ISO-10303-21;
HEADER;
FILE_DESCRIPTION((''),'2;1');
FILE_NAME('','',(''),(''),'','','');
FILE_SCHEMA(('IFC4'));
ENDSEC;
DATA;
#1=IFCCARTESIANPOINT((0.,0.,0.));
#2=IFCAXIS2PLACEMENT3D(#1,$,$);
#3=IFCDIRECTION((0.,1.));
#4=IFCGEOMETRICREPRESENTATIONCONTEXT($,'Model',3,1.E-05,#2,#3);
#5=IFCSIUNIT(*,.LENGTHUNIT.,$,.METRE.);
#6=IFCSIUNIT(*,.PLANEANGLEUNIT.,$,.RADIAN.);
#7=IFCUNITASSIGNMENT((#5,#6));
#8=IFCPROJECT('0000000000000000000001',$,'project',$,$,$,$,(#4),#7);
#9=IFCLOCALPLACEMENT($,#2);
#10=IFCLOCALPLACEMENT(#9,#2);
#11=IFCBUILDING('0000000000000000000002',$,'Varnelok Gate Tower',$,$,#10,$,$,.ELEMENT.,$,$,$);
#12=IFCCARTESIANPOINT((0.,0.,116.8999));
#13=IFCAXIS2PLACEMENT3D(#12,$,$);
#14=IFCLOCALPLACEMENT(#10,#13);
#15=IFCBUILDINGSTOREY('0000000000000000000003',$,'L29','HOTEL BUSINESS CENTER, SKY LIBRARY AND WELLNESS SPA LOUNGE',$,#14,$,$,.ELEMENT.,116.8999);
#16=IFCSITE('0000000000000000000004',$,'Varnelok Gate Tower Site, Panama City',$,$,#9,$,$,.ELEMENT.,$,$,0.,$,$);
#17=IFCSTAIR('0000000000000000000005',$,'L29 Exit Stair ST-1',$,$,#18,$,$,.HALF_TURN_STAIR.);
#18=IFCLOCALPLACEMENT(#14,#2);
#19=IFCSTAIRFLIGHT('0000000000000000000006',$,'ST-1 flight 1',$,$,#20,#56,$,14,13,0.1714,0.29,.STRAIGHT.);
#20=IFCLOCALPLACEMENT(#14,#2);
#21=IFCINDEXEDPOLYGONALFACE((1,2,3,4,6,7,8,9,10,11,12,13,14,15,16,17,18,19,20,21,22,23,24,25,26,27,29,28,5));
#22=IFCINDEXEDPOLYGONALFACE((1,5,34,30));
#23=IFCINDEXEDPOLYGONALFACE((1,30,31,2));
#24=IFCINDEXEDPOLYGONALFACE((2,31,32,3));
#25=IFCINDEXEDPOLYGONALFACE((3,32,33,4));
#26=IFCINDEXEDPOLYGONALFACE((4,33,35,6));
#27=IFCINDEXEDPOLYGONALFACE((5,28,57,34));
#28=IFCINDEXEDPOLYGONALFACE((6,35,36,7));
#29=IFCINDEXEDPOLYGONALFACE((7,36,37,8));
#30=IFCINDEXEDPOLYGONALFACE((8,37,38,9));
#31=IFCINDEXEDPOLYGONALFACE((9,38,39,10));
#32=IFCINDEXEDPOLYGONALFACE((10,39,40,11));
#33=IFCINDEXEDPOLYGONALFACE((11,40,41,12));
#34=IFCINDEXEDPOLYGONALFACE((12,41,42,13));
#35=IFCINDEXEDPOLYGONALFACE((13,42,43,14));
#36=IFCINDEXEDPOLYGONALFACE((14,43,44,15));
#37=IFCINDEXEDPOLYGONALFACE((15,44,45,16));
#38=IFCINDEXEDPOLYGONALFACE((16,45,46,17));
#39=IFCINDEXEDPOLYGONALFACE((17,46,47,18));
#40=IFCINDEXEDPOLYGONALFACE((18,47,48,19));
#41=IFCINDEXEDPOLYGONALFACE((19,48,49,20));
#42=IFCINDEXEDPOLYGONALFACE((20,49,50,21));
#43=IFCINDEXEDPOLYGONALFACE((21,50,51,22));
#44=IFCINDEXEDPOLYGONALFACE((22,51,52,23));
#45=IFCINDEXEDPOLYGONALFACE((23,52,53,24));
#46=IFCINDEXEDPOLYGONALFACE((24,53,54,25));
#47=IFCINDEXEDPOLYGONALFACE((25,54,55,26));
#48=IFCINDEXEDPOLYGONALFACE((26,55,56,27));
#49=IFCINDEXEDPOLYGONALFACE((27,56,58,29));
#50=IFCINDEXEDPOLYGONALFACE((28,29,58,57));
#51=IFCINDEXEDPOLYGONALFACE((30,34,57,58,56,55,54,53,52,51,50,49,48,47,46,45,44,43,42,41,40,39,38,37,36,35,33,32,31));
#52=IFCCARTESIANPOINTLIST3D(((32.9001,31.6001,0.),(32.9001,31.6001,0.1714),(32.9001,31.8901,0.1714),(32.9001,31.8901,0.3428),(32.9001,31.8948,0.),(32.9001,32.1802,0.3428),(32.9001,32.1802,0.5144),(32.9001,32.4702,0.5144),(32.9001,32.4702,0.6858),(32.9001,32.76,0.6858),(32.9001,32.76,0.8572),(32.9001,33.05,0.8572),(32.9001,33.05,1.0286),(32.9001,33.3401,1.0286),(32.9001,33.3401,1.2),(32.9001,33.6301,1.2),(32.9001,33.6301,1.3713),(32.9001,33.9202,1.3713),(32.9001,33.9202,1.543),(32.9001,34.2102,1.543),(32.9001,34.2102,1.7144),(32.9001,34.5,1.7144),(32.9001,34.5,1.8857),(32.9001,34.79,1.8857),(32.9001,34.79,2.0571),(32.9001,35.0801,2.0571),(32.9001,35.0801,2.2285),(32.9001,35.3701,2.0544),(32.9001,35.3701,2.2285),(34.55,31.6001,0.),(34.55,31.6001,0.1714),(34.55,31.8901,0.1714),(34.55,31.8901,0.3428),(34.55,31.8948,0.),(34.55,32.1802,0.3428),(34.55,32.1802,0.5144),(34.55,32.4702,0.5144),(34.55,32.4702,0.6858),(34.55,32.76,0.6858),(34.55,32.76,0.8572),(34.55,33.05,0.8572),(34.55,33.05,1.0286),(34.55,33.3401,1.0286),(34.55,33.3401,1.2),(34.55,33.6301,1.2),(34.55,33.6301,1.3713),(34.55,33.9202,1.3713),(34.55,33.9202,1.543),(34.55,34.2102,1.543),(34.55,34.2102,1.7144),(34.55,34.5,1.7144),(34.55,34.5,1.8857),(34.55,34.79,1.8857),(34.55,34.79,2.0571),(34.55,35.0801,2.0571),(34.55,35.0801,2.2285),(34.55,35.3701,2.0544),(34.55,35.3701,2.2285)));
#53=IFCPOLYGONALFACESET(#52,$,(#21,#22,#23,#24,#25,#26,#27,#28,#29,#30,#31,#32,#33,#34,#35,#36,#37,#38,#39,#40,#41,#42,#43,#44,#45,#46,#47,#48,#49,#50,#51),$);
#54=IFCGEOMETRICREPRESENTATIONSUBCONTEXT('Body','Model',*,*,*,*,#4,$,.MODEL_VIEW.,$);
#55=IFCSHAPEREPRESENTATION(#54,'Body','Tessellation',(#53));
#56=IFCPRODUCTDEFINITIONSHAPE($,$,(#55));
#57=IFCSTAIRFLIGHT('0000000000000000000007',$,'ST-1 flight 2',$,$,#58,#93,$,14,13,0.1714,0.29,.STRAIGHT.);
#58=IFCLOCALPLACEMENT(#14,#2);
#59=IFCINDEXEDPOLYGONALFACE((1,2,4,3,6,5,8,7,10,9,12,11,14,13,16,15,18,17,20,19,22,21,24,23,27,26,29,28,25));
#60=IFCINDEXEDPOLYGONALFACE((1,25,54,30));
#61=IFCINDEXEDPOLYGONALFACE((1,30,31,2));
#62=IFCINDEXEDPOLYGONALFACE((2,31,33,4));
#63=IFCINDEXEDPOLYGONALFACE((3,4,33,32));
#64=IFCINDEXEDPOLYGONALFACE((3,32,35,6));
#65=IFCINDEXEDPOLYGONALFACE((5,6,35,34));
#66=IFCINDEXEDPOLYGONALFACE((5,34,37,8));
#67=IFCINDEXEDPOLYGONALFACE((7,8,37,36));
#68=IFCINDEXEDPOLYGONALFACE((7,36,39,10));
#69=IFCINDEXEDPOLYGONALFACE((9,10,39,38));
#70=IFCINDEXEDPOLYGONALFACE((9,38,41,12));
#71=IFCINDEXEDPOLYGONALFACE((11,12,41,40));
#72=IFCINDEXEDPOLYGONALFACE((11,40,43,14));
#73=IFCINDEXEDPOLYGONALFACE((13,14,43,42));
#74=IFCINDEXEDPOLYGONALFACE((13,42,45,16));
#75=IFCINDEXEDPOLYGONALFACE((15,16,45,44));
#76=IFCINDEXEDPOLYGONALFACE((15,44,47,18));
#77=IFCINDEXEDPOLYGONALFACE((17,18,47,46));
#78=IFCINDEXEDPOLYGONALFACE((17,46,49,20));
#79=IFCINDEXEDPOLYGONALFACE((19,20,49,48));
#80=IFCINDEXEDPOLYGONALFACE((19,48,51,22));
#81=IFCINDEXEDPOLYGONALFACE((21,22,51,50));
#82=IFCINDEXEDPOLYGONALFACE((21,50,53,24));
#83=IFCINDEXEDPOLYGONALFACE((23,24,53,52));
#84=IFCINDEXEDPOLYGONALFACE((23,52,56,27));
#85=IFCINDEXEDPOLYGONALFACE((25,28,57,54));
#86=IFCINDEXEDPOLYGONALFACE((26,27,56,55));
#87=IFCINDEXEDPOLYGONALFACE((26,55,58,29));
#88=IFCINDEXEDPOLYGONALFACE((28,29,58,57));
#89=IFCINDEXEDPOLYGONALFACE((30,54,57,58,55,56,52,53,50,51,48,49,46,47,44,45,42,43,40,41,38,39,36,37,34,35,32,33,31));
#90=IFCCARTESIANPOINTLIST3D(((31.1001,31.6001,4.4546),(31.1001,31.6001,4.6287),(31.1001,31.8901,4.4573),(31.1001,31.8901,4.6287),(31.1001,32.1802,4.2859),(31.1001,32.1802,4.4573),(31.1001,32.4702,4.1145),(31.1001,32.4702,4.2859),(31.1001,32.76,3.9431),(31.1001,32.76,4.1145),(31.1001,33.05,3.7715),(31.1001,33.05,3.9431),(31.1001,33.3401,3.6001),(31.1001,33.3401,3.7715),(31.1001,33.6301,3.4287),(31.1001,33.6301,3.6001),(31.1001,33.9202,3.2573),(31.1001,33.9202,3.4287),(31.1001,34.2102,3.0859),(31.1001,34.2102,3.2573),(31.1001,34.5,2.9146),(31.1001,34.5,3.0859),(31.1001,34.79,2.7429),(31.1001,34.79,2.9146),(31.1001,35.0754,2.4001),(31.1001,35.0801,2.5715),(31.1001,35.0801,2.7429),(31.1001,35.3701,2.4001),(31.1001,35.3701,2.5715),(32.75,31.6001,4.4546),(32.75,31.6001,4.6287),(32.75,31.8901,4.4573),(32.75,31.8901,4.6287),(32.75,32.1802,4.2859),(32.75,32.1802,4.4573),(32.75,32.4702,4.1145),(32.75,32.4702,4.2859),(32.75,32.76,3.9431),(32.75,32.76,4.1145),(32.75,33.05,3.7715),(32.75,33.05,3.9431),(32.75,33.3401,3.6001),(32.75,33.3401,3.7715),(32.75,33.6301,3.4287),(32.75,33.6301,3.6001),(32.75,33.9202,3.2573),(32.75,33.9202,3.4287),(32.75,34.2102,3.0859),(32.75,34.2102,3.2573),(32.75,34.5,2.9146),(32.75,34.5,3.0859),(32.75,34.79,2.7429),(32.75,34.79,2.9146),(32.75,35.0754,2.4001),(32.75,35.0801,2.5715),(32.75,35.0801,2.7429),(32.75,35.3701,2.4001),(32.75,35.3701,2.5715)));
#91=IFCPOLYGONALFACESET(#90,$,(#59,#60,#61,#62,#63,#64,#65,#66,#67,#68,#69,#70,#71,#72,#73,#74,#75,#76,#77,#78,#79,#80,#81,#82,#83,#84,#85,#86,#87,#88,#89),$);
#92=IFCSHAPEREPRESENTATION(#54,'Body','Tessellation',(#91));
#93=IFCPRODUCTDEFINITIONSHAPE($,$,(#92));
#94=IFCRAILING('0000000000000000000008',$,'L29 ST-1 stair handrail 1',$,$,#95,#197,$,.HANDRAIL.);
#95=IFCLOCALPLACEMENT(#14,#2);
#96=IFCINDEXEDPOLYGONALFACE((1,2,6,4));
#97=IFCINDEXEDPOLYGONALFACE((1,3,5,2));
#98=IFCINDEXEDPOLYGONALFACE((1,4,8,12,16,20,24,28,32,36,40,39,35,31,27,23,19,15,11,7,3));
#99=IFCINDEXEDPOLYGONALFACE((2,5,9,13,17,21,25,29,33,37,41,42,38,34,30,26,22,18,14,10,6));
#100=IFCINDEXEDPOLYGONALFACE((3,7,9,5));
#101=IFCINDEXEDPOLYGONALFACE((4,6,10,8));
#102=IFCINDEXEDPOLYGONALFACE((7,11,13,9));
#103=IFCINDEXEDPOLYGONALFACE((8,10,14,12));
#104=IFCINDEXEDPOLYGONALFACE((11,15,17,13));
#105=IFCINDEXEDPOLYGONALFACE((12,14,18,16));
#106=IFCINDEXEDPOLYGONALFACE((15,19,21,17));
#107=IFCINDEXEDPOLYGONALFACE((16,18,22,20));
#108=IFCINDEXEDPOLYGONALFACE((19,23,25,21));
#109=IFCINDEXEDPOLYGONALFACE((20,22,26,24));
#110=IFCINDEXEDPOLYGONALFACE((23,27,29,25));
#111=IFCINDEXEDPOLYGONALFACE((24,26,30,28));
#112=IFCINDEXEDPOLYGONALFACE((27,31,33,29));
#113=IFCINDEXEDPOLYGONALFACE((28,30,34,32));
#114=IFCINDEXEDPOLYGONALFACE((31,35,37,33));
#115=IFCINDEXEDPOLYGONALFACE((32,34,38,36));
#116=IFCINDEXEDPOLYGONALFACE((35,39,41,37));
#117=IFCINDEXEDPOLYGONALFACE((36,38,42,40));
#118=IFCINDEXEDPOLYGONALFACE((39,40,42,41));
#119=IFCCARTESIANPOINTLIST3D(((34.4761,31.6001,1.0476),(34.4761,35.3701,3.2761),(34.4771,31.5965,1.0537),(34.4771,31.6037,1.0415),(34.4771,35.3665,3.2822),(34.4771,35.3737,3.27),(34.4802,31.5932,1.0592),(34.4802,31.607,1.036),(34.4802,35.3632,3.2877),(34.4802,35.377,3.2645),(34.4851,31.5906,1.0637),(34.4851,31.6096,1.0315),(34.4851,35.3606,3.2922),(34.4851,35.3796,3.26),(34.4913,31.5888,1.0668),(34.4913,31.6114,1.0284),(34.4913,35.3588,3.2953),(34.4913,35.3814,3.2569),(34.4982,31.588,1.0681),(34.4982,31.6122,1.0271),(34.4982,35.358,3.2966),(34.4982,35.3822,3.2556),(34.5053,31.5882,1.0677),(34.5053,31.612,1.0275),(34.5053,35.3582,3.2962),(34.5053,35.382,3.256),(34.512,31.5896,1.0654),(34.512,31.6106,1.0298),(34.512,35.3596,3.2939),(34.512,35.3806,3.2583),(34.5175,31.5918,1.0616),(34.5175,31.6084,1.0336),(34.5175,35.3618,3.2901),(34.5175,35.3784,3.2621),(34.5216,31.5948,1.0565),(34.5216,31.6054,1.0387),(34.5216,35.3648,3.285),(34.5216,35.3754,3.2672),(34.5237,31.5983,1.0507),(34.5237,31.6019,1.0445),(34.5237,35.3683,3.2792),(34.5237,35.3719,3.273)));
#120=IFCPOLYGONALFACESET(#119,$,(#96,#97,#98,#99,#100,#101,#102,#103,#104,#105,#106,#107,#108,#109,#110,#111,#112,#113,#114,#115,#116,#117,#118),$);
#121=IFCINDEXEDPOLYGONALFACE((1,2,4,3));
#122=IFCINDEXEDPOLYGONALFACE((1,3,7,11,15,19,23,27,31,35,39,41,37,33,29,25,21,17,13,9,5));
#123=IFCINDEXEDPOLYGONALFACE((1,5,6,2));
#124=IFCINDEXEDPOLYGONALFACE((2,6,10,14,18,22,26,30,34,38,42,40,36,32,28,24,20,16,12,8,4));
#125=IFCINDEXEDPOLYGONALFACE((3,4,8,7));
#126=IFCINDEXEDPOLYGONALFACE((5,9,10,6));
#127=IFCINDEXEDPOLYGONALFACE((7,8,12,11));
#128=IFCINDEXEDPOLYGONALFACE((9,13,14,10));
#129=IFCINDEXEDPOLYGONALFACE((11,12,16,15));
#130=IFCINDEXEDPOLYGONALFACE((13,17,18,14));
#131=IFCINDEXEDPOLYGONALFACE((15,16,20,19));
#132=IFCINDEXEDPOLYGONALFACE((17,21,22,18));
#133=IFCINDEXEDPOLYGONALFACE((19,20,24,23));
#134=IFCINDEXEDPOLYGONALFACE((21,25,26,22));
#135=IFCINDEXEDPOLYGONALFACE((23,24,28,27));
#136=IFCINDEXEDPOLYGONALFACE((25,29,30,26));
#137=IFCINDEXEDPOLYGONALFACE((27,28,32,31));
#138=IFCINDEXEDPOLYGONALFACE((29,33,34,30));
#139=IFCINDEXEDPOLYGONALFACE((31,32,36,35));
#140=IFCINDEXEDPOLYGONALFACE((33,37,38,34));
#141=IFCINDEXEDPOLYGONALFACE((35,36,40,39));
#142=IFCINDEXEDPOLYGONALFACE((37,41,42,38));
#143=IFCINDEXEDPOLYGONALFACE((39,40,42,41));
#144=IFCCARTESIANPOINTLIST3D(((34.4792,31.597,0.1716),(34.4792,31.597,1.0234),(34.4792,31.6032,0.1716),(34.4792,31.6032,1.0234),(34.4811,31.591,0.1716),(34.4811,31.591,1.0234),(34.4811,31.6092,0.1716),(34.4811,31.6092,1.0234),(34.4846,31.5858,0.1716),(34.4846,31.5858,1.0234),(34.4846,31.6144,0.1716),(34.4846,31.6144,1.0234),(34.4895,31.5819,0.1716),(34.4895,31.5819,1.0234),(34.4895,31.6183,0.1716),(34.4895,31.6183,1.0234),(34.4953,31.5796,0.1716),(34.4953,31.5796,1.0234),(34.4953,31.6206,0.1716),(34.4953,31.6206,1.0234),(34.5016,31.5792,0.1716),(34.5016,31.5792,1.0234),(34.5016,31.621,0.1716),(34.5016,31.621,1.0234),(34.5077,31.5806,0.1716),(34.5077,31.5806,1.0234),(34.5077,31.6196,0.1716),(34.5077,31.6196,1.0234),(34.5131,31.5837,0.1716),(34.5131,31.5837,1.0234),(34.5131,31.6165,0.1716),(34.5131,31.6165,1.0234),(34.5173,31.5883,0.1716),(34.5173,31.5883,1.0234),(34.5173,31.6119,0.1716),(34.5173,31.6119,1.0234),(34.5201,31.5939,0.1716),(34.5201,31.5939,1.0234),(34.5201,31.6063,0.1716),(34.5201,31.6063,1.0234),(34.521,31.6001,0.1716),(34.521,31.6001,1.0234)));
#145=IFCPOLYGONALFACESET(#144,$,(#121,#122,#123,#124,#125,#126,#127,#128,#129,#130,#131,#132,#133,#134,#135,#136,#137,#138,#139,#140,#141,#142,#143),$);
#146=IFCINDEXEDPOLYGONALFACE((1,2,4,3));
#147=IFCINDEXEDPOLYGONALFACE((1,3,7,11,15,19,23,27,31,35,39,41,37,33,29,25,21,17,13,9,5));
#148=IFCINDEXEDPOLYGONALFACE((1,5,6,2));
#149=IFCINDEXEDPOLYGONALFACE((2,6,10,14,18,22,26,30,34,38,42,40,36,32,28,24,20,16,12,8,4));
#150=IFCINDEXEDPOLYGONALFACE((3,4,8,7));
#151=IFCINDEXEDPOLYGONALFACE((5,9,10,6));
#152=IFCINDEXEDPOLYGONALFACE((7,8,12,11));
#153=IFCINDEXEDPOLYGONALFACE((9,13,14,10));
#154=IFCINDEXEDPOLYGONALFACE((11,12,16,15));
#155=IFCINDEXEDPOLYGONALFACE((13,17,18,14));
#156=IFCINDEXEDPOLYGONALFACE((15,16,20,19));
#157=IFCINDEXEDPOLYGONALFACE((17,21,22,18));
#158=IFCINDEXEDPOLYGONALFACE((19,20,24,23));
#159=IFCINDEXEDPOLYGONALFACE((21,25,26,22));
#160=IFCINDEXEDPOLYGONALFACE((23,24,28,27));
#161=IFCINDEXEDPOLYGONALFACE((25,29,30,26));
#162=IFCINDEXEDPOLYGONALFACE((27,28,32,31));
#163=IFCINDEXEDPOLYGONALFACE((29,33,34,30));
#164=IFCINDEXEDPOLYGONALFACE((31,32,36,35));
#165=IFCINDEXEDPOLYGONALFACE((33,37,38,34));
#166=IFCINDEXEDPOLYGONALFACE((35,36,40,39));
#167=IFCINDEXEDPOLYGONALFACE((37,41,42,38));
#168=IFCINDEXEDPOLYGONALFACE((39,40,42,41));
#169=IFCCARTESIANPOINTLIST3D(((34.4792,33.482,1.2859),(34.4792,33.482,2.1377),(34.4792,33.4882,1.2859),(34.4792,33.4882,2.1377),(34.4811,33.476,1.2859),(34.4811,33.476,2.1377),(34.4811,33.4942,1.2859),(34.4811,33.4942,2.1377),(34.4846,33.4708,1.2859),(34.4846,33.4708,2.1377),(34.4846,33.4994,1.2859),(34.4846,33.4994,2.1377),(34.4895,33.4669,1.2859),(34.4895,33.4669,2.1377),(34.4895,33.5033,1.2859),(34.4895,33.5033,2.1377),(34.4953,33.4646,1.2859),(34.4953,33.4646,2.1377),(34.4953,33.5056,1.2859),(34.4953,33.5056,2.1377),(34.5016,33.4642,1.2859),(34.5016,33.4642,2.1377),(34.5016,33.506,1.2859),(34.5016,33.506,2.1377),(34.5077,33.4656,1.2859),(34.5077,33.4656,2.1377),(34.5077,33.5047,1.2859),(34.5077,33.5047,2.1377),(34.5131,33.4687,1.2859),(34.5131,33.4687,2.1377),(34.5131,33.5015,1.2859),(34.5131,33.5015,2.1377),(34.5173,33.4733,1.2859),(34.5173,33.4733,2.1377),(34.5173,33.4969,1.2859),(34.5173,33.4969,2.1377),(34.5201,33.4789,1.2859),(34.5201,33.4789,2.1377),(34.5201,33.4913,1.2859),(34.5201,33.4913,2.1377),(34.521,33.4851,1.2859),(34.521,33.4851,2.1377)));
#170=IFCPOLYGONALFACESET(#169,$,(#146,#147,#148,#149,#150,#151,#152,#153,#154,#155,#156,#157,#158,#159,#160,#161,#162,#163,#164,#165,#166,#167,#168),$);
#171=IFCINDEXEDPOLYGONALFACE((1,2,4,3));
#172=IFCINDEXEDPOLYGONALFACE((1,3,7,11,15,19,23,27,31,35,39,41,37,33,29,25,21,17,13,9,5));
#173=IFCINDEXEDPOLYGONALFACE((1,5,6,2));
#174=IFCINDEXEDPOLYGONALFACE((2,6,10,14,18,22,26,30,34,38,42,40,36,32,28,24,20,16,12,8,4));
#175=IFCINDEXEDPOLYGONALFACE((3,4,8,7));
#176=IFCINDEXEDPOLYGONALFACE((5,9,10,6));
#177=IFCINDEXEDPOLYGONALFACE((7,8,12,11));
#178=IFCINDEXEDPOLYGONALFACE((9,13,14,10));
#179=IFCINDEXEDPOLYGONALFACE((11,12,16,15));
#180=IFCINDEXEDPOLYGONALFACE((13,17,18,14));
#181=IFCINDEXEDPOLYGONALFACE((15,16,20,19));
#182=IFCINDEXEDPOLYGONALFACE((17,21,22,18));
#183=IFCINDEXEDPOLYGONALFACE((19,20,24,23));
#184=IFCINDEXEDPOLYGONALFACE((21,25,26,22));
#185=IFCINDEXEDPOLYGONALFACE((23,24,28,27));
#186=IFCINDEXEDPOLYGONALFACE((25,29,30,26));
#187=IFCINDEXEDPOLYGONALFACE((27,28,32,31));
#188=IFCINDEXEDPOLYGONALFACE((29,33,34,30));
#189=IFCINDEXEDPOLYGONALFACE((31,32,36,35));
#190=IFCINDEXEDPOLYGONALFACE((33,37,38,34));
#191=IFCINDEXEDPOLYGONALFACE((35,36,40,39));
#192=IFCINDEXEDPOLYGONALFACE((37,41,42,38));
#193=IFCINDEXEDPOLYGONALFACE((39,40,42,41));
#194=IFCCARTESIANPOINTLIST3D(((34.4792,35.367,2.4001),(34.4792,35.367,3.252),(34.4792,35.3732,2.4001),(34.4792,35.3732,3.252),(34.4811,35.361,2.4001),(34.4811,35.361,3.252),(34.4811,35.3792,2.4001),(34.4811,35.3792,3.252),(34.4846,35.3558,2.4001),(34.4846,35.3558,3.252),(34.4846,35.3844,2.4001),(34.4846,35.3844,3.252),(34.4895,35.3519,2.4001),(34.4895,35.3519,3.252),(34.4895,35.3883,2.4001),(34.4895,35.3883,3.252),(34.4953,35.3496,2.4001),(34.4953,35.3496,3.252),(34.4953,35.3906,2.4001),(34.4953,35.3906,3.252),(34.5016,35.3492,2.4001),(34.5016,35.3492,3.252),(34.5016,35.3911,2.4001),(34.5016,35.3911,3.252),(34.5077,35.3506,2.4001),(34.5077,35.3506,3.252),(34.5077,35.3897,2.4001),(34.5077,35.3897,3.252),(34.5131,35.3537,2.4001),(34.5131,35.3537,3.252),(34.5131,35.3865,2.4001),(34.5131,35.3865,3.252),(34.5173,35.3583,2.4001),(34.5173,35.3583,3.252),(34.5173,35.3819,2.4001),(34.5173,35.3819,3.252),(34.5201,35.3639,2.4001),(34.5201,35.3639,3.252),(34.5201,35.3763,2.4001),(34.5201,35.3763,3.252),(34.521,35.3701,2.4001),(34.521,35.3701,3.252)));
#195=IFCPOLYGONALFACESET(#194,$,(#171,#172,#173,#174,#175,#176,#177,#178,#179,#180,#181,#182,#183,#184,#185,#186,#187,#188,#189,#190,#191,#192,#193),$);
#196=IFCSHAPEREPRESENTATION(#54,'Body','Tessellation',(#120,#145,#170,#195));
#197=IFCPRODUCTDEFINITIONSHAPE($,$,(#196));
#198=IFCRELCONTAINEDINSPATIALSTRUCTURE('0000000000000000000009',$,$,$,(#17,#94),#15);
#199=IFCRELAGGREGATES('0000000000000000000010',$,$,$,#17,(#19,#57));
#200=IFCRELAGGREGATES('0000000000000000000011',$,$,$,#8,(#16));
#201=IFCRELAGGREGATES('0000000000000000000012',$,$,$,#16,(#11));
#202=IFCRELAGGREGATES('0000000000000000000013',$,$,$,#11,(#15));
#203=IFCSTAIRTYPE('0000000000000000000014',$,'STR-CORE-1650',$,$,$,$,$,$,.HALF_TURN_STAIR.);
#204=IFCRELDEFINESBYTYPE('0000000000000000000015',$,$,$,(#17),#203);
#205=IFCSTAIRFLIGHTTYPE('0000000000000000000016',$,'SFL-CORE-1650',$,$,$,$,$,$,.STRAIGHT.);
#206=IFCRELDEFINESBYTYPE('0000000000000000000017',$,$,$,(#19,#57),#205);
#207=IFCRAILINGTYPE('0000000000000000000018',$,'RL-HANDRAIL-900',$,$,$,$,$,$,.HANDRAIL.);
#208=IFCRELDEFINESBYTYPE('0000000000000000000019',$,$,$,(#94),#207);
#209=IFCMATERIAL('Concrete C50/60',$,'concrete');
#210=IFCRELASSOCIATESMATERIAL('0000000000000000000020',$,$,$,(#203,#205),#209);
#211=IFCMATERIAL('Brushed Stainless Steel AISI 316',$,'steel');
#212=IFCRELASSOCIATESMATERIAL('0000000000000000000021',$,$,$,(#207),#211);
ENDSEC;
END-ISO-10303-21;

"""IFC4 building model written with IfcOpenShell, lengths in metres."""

from ifc_helpers import new_model, si_unit, direction, frame, origin, origin_2d, place, context, subcontext, project, spatial, polyline, circle, outline, extrude, material, type_object, element, aggregate, save


model = new_model("IFC4")

# Units and contexts
model_context = context("Model", 3, precision=1e-05, world=origin(), true_north=direction((0.0, 1.0)))
body_context = subcontext(model_context, "Body", "Model", "MODEL_VIEW")
ifc_project = project(units=[si_unit("LENGTHUNIT", "METRE"), si_unit("PLANEANGLEUNIT", "RADIAN")], contexts=[model_context])

# Site, building, storey
site_placement = place(None, origin())
site = spatial("IfcSite", under=ifc_project, at=site_placement, Name="Varnelok Gate Tower Site, Panama City", CompositionType="ELEMENT", RefElevation=0.0)
building_placement = place(site_placement, origin())
building = spatial("IfcBuilding", under=site, at=building_placement, Name="Varnelok Gate Tower", CompositionType="ELEMENT")
storey_placement = place(building_placement, frame((0.0, 0.0, 116.8999)))
storey = spatial("IfcBuildingStorey", under=building, at=storey_placement, Name="L29", Description="HOTEL BUSINESS CENTER, SKY LIBRARY AND WELLNESS SPA LOUNGE", CompositionType="ELEMENT", Elevation=116.8999)

# Stair, stair flights
ifc_material_1 = material(Name="Concrete C50/60", Category="concrete")
stair_type = type_object("IfcStairType", Name="STR-CORE-1650", PredefinedType="HALF_TURN_STAIR", material=ifc_material_1)
stair_placement = place(storey_placement, origin())
stair = element("IfcStair", 1, at=stair_placement, inside=storey, type_object=stair_type, Name="L29 Exit Stair ST-1", PredefinedType="HALF_TURN_STAIR")
stair_flight_type = type_object("IfcStairFlightType", Name="SFL-CORE-1650", PredefinedType="STRAIGHT", material=ifc_material_1)
stair_flight_1_placement = place(storey_placement, frame((33.7251, 31.6001, 0.0), z_axis=(0.0, 0.0, 1.0), x_axis=(0.0, 1.0, 0.0)))
stair_flight_1 = element("IfcStairFlight", 2, at=stair_flight_1_placement, type_object=stair_flight_type, Name="ST-1 flight 1", NumberOfRisers=14, NumberOfTreads=13, PredefinedType="STRAIGHT", RiserHeight=0.1714, TreadLength=0.29, context=body_context, shape_type="SweptSolid", body=[
    extrude(outline(polyline([(0.0, 0.0), (0.0, 0.1714), (0.29, 0.1714), (0.29, 0.3428), (0.5801, 0.3428), (0.5801, 0.5144), (0.8701, 0.5144), (0.8701, 0.6858), (1.1599, 0.6858), (1.1599, 0.8572), (1.45, 0.8572), (1.45, 1.0286), (1.74, 1.0286), (1.74, 1.2), (2.03, 1.2), (2.03, 1.3713), (2.3201, 1.3713), (2.3201, 1.543), (2.6101, 1.543), (2.6101, 1.7144), (2.8999, 1.7144), (2.8999, 1.8857), (3.1899, 1.8857), (3.1899, 2.0571), (3.48, 2.0571), (3.48, 2.2285), (3.77, 2.2285), (3.77, 2.3999), (3.77, 2.0544), (0.2947, 0.0), (0.0, 0.0)])), frame((0.0, 0.825, 0.0), z_axis=(0.0, -1.0, 0.0), x_axis=(1.0, 0.0, 0.0)), (0.0, 0.0, 1.0), 1.6499),
])
stair_flight_2_placement = place(storey_placement, frame((31.925, 35.3701, 2.4001), z_axis=(0.0, 0.0, 1.0), x_axis=(0.0, -1.0, 0.0)))
stair_flight_2 = element("IfcStairFlight", 3, at=stair_flight_2_placement, type_object=stair_flight_type, Name="ST-1 flight 2", NumberOfRisers=14, NumberOfTreads=13, PredefinedType="STRAIGHT", RiserHeight=0.1714, TreadLength=0.29, context=body_context, shape_type="SweptSolid", body=[
    extrude(outline(polyline([(0.0, 0.0), (0.0, 0.1714), (0.29, 0.1714), (0.29, 0.3428), (0.5801, 0.3428), (0.5801, 0.5144), (0.8701, 0.5144), (0.8701, 0.6858), (1.1599, 0.6858), (1.1599, 0.8572), (1.45, 0.8572), (1.45, 1.0286), (1.74, 1.0286), (1.74, 1.2), (2.03, 1.2), (2.03, 1.3713), (2.3201, 1.3713), (2.3201, 1.543), (2.6101, 1.543), (2.6101, 1.7144), (2.8999, 1.7144), (2.8999, 1.8857), (3.1899, 1.8857), (3.1899, 2.0571), (3.48, 2.0571), (3.48, 2.2285), (3.77, 2.2285), (3.77, 2.3999), (3.77, 2.0544), (0.2947, 0.0), (0.0, 0.0)])), frame((0.0, 0.825, 0.0), z_axis=(0.0, -1.0, 0.0), x_axis=(1.0, 0.0, 0.0)), (0.0, 0.0, 1.0), 1.6499),
])
aggregate(stair, [stair_flight_1, stair_flight_2])

# Railing
ifc_material_2 = material(Name="Brushed Stainless Steel AISI 316", Category="steel")
railing_type_1 = type_object("IfcRailingType", Name="RL-HANDRAIL-900", PredefinedType="HANDRAIL", material=ifc_material_2)
railing_1_placement = place(storey_placement, frame((34.5, 31.6001, 0.1716)))
element("IfcRailing", 4, at=railing_1_placement, inside=storey, type_object=railing_type_1, Name="L29 ST-1 stair handrail 1", PredefinedType="HANDRAIL", context=body_context, shape_type="SweptSolid", body=[
    extrude(circle(Radius=0.0239, at=origin_2d()), frame((0.0, 0.0, 0.876), z_axis=(0.0, 0.860849, 0.508861), x_axis=(-1.0, 0.0, 0.0)), (0.0, 0.0, 1.0), 4.3794),
    extrude(circle(Radius=0.021, at=origin_2d()), origin(), (0.0, 0.0, 1.0), 0.8518),
    extrude(circle(Radius=0.021, at=origin_2d()), frame((0.0, 1.885, 1.1143)), (0.0, 0.0, 1.0), 0.8518),
    extrude(circle(Radius=0.021, at=origin_2d()), frame((0.0, 3.77, 2.2285)), (0.0, 0.0, 1.0), 0.8518),
])

save(model, "model.ifc")
